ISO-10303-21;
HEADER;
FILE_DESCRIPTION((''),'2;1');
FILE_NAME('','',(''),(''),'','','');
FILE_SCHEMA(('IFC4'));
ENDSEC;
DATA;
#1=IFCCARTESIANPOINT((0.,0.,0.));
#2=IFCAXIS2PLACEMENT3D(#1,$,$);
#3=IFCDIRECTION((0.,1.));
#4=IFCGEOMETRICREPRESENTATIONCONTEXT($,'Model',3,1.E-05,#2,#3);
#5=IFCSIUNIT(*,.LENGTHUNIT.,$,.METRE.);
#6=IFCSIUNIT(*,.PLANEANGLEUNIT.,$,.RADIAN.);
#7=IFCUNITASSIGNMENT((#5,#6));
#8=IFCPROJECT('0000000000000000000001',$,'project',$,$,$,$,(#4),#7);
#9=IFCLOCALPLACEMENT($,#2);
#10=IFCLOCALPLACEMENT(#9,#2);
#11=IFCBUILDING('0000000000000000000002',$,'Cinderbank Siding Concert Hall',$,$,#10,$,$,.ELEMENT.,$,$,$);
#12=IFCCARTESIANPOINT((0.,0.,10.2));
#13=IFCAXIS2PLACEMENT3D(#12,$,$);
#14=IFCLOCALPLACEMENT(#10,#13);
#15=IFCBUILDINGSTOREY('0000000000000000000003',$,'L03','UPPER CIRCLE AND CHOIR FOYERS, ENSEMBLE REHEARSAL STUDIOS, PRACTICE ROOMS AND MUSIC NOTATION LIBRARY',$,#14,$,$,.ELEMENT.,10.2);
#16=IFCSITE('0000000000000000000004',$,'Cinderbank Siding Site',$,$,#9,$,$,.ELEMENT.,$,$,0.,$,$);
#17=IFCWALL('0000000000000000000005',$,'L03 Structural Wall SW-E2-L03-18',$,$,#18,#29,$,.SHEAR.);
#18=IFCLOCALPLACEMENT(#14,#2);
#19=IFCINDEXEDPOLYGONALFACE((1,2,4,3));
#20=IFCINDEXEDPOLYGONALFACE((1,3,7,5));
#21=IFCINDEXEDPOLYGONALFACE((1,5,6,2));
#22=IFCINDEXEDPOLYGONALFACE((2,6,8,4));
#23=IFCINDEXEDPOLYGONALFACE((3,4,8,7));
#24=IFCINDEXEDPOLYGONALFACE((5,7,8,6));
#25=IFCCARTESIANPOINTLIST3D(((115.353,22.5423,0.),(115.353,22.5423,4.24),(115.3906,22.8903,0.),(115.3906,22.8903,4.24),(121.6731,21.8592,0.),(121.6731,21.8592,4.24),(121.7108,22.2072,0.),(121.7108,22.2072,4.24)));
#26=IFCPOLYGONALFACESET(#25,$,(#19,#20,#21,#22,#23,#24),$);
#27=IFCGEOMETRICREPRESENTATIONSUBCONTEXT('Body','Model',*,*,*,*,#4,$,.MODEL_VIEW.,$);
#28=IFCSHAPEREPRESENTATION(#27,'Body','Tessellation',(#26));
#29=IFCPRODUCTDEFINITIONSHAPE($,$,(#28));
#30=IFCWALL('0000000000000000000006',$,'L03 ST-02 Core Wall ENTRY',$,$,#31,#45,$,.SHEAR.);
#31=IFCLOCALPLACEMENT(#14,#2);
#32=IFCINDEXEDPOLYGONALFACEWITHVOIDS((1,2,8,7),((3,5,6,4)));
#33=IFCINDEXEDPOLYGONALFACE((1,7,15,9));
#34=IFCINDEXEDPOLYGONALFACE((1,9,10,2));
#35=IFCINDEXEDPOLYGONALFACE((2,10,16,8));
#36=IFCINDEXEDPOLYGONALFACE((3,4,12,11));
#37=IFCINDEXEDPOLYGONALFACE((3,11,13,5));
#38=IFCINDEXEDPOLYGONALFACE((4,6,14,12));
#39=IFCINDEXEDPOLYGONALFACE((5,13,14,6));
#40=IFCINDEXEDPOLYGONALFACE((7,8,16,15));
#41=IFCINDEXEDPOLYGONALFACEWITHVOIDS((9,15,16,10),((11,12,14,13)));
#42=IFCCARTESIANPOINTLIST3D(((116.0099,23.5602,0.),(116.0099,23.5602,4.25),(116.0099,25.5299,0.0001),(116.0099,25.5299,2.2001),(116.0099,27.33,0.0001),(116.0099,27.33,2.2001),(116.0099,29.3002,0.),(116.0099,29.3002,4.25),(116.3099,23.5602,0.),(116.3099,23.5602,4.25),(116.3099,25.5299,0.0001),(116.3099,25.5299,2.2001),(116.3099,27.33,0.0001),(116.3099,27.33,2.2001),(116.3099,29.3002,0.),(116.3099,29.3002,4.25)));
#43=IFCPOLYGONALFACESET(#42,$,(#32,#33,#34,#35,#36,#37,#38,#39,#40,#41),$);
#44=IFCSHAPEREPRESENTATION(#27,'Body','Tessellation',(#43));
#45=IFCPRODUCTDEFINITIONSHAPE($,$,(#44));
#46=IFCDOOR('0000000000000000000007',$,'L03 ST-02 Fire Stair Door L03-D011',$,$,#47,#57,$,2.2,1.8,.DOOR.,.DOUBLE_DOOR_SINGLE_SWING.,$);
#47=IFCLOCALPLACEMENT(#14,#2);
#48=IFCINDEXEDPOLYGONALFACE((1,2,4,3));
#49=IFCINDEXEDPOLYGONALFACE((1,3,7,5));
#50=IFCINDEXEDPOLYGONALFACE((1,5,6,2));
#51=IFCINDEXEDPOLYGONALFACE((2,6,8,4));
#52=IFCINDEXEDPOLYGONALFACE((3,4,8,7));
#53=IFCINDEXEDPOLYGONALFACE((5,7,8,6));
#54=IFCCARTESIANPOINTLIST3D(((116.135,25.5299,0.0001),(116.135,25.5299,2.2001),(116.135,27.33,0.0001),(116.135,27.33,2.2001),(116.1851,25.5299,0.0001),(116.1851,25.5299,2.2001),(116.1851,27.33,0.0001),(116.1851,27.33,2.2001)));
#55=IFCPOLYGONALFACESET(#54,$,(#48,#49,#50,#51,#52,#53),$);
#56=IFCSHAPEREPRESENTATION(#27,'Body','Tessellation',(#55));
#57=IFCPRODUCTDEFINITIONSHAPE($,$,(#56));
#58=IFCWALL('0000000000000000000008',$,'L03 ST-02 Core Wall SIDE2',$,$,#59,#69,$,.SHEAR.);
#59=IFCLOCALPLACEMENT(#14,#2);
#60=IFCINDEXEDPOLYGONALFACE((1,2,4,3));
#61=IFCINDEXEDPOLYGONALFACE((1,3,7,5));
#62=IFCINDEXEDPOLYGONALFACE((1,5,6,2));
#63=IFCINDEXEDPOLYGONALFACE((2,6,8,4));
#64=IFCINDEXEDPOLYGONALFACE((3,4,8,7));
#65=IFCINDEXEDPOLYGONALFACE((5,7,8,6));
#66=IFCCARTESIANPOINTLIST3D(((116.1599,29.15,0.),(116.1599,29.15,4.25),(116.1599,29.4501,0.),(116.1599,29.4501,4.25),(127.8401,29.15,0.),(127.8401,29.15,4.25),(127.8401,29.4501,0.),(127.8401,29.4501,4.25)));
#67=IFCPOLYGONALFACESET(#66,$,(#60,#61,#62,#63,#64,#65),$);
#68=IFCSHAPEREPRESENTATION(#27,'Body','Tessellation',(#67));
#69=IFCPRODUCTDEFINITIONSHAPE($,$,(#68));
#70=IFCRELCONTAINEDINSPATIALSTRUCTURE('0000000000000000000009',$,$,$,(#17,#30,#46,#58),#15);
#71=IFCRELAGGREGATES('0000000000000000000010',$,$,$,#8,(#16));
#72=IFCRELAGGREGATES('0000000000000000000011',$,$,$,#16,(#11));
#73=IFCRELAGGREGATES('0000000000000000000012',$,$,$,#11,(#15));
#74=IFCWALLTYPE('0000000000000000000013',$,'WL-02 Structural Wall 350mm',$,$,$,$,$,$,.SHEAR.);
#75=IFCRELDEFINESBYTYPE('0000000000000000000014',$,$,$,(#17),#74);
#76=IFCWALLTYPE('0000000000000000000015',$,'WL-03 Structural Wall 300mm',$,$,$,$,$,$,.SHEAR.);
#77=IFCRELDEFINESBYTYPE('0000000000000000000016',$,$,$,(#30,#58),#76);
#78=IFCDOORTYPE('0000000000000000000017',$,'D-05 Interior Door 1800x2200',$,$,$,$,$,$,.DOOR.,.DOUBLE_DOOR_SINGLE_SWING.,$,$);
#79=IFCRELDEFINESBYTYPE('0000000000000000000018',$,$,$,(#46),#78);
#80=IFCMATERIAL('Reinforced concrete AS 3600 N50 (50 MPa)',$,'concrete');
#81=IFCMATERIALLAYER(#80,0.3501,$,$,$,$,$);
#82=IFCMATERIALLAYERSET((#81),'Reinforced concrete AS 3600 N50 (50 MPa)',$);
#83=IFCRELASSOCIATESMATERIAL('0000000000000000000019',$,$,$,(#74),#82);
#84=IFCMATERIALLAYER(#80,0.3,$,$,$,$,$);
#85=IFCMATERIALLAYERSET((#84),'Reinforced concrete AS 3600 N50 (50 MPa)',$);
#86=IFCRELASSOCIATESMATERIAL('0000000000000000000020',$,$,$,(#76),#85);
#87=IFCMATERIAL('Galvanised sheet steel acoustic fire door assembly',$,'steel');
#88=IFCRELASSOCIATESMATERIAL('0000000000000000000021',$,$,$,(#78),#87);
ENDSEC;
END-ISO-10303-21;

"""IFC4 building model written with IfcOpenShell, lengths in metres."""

from ifc_helpers import new_model, si_unit, direction, frame, frame_2d, origin, place, context, subcontext, project, spatial, rectangle, extrude, material, layer, layer_set, type_object, element, fill, save


model = new_model("IFC4")

# Units and contexts
model_context = context("Model", 3, precision=1e-05, world=origin(), true_north=direction((0.0, 1.0)))
body_context = subcontext(model_context, "Body", "Model", "MODEL_VIEW")
ifc_project = project(units=[si_unit("LENGTHUNIT", "METRE"), si_unit("PLANEANGLEUNIT", "RADIAN")], contexts=[model_context])

# Site, building, storey
site_placement = place(None, origin())
site = spatial("IfcSite", under=ifc_project, at=site_placement, Name="Cinderbank Siding Site", CompositionType="ELEMENT", RefElevation=0.0)
building_placement = place(site_placement, origin())
building = spatial("IfcBuilding", under=site, at=building_placement, Name="Cinderbank Siding Concert Hall", CompositionType="ELEMENT")
storey_placement = place(building_placement, frame((0.0, 0.0, 10.2)))
storey = spatial("IfcBuildingStorey", under=building, at=storey_placement, Name="L03", Description="UPPER CIRCLE AND CHOIR FOYERS, ENSEMBLE REHEARSAL STUDIOS, PRACTICE ROOMS AND MUSIC NOTATION LIBRARY", CompositionType="ELEMENT", Elevation=10.2)

# Shared definitions
ifc_material_1 = material(Name="Reinforced concrete AS 3600 N50 (50 MPa)", Category="concrete")

# Wall
ifc_layer_1 = layer(ifc_material_1, 0.3501)
ifc_layer_set_1 = layer_set([ifc_layer_1], Name="Reinforced concrete AS 3600 N50 (50 MPa)")
wall_type_1 = type_object("IfcWallType", Name="WL-02 Structural Wall 350mm", PredefinedType="SHEAR", material=ifc_layer_set_1)
wall_1_placement = place(storey_placement, frame((115.3718, 22.7163, 0.0), z_axis=(0.0, 0.0, 1.0), x_axis=(0.994209, -0.107459, 0.0)))
element("IfcWall", 1, at=wall_1_placement, inside=storey, type_object=wall_type_1, Name="L03 Structural Wall SW-E2-L03-18", PredefinedType="SHEAR", context=body_context, shape_type="SweptSolid", body=[
    extrude(rectangle(XDim=6.3569, YDim=0.3501, at=frame_2d((3.1785, 0.0))), origin(), (0.0, 0.0, 1.0), 4.24),
])

# Wall, opening, door
ifc_layer_2 = layer(ifc_material_1, 0.3)
ifc_layer_set_2 = layer_set([ifc_layer_2], Name="Reinforced concrete AS 3600 N50 (50 MPa)")
wall_type_2 = type_object("IfcWallType", Name="WL-03 Structural Wall 300mm", PredefinedType="SHEAR", material=ifc_layer_set_2)
wall_2_placement = place(storey_placement, frame((116.1599, 23.5601, 0.0), z_axis=(0.0, 0.0, 1.0), x_axis=(0.0, 1.0, 0.0)))
wall_2 = element("IfcWall", 2, at=wall_2_placement, inside=storey, type_object=wall_type_2, Name="L03 ST-02 Core Wall ENTRY", PredefinedType="SHEAR", context=body_context, shape_type="SweptSolid", body=[
    extrude(rectangle(XDim=5.74, YDim=0.3, at=frame_2d((2.8701, 0.0))), origin(), (0.0, 0.0, 1.0), 4.25),
])
opening_1_placement = place(wall_2_placement, frame((1.97, 0.0, 0.0)))
opening_1 = element("IfcOpeningElement", 3, at=opening_1_placement, cuts=wall_2, PredefinedType="OPENING", context=body_context, shape_type="SweptSolid", body=[
    extrude(rectangle(XDim=1.8, YDim=2.2, at=frame_2d((0.8999, 1.1001))), frame((0.0, 0.1621, 0.0), z_axis=(0.0, -1.0, 0.0), x_axis=(1.0, 0.0, 0.0)), (0.0, 0.0, 1.0), 0.324),
])
ifc_material_2 = material(Name="Galvanised sheet steel acoustic fire door assembly", Category="steel")
door_type_1 = type_object("IfcDoorType", Name="D-05 Interior Door 1800x2200", OperationType="DOUBLE_DOOR_SINGLE_SWING", PredefinedType="DOOR", material=ifc_material_2)
door_1_placement = place(opening_1_placement, origin())
door_1 = element("IfcDoor", 4, at=door_1_placement, inside=storey, type_object=door_type_1, Name="L03 ST-02 Fire Stair Door L03-D011", OperationType="DOUBLE_DOOR_SINGLE_SWING", OverallHeight=2.2, OverallWidth=1.8, PredefinedType="DOOR", context=body_context, shape_type="SweptSolid", body=[
    extrude(rectangle(XDim=1.8, YDim=2.2, at=frame_2d((0.8999, 1.1001))), frame((0.0, 0.0249, 0.0), z_axis=(0.0, -1.0, 0.0), x_axis=(1.0, 0.0, 0.0)), (0.0, 0.0, 1.0), 0.05),
])
fill(opening_1, door_1)

# Wall
wall_3_placement = place(storey_placement, frame((116.1599, 29.3, 0.0), z_axis=(0.0, 0.0, 1.0), x_axis=(1.0, 0.0, 0.0)))
element("IfcWall", 5, at=wall_3_placement, inside=storey, type_object=wall_type_2, Name="L03 ST-02 Core Wall SIDE2", PredefinedType="SHEAR", context=body_context, shape_type="SweptSolid", body=[
    extrude(rectangle(XDim=11.6802, YDim=0.3, at=frame_2d((5.8401, 0.0))), origin(), (0.0, 0.0, 1.0), 4.25),
])

save(model, "model.ifc")
